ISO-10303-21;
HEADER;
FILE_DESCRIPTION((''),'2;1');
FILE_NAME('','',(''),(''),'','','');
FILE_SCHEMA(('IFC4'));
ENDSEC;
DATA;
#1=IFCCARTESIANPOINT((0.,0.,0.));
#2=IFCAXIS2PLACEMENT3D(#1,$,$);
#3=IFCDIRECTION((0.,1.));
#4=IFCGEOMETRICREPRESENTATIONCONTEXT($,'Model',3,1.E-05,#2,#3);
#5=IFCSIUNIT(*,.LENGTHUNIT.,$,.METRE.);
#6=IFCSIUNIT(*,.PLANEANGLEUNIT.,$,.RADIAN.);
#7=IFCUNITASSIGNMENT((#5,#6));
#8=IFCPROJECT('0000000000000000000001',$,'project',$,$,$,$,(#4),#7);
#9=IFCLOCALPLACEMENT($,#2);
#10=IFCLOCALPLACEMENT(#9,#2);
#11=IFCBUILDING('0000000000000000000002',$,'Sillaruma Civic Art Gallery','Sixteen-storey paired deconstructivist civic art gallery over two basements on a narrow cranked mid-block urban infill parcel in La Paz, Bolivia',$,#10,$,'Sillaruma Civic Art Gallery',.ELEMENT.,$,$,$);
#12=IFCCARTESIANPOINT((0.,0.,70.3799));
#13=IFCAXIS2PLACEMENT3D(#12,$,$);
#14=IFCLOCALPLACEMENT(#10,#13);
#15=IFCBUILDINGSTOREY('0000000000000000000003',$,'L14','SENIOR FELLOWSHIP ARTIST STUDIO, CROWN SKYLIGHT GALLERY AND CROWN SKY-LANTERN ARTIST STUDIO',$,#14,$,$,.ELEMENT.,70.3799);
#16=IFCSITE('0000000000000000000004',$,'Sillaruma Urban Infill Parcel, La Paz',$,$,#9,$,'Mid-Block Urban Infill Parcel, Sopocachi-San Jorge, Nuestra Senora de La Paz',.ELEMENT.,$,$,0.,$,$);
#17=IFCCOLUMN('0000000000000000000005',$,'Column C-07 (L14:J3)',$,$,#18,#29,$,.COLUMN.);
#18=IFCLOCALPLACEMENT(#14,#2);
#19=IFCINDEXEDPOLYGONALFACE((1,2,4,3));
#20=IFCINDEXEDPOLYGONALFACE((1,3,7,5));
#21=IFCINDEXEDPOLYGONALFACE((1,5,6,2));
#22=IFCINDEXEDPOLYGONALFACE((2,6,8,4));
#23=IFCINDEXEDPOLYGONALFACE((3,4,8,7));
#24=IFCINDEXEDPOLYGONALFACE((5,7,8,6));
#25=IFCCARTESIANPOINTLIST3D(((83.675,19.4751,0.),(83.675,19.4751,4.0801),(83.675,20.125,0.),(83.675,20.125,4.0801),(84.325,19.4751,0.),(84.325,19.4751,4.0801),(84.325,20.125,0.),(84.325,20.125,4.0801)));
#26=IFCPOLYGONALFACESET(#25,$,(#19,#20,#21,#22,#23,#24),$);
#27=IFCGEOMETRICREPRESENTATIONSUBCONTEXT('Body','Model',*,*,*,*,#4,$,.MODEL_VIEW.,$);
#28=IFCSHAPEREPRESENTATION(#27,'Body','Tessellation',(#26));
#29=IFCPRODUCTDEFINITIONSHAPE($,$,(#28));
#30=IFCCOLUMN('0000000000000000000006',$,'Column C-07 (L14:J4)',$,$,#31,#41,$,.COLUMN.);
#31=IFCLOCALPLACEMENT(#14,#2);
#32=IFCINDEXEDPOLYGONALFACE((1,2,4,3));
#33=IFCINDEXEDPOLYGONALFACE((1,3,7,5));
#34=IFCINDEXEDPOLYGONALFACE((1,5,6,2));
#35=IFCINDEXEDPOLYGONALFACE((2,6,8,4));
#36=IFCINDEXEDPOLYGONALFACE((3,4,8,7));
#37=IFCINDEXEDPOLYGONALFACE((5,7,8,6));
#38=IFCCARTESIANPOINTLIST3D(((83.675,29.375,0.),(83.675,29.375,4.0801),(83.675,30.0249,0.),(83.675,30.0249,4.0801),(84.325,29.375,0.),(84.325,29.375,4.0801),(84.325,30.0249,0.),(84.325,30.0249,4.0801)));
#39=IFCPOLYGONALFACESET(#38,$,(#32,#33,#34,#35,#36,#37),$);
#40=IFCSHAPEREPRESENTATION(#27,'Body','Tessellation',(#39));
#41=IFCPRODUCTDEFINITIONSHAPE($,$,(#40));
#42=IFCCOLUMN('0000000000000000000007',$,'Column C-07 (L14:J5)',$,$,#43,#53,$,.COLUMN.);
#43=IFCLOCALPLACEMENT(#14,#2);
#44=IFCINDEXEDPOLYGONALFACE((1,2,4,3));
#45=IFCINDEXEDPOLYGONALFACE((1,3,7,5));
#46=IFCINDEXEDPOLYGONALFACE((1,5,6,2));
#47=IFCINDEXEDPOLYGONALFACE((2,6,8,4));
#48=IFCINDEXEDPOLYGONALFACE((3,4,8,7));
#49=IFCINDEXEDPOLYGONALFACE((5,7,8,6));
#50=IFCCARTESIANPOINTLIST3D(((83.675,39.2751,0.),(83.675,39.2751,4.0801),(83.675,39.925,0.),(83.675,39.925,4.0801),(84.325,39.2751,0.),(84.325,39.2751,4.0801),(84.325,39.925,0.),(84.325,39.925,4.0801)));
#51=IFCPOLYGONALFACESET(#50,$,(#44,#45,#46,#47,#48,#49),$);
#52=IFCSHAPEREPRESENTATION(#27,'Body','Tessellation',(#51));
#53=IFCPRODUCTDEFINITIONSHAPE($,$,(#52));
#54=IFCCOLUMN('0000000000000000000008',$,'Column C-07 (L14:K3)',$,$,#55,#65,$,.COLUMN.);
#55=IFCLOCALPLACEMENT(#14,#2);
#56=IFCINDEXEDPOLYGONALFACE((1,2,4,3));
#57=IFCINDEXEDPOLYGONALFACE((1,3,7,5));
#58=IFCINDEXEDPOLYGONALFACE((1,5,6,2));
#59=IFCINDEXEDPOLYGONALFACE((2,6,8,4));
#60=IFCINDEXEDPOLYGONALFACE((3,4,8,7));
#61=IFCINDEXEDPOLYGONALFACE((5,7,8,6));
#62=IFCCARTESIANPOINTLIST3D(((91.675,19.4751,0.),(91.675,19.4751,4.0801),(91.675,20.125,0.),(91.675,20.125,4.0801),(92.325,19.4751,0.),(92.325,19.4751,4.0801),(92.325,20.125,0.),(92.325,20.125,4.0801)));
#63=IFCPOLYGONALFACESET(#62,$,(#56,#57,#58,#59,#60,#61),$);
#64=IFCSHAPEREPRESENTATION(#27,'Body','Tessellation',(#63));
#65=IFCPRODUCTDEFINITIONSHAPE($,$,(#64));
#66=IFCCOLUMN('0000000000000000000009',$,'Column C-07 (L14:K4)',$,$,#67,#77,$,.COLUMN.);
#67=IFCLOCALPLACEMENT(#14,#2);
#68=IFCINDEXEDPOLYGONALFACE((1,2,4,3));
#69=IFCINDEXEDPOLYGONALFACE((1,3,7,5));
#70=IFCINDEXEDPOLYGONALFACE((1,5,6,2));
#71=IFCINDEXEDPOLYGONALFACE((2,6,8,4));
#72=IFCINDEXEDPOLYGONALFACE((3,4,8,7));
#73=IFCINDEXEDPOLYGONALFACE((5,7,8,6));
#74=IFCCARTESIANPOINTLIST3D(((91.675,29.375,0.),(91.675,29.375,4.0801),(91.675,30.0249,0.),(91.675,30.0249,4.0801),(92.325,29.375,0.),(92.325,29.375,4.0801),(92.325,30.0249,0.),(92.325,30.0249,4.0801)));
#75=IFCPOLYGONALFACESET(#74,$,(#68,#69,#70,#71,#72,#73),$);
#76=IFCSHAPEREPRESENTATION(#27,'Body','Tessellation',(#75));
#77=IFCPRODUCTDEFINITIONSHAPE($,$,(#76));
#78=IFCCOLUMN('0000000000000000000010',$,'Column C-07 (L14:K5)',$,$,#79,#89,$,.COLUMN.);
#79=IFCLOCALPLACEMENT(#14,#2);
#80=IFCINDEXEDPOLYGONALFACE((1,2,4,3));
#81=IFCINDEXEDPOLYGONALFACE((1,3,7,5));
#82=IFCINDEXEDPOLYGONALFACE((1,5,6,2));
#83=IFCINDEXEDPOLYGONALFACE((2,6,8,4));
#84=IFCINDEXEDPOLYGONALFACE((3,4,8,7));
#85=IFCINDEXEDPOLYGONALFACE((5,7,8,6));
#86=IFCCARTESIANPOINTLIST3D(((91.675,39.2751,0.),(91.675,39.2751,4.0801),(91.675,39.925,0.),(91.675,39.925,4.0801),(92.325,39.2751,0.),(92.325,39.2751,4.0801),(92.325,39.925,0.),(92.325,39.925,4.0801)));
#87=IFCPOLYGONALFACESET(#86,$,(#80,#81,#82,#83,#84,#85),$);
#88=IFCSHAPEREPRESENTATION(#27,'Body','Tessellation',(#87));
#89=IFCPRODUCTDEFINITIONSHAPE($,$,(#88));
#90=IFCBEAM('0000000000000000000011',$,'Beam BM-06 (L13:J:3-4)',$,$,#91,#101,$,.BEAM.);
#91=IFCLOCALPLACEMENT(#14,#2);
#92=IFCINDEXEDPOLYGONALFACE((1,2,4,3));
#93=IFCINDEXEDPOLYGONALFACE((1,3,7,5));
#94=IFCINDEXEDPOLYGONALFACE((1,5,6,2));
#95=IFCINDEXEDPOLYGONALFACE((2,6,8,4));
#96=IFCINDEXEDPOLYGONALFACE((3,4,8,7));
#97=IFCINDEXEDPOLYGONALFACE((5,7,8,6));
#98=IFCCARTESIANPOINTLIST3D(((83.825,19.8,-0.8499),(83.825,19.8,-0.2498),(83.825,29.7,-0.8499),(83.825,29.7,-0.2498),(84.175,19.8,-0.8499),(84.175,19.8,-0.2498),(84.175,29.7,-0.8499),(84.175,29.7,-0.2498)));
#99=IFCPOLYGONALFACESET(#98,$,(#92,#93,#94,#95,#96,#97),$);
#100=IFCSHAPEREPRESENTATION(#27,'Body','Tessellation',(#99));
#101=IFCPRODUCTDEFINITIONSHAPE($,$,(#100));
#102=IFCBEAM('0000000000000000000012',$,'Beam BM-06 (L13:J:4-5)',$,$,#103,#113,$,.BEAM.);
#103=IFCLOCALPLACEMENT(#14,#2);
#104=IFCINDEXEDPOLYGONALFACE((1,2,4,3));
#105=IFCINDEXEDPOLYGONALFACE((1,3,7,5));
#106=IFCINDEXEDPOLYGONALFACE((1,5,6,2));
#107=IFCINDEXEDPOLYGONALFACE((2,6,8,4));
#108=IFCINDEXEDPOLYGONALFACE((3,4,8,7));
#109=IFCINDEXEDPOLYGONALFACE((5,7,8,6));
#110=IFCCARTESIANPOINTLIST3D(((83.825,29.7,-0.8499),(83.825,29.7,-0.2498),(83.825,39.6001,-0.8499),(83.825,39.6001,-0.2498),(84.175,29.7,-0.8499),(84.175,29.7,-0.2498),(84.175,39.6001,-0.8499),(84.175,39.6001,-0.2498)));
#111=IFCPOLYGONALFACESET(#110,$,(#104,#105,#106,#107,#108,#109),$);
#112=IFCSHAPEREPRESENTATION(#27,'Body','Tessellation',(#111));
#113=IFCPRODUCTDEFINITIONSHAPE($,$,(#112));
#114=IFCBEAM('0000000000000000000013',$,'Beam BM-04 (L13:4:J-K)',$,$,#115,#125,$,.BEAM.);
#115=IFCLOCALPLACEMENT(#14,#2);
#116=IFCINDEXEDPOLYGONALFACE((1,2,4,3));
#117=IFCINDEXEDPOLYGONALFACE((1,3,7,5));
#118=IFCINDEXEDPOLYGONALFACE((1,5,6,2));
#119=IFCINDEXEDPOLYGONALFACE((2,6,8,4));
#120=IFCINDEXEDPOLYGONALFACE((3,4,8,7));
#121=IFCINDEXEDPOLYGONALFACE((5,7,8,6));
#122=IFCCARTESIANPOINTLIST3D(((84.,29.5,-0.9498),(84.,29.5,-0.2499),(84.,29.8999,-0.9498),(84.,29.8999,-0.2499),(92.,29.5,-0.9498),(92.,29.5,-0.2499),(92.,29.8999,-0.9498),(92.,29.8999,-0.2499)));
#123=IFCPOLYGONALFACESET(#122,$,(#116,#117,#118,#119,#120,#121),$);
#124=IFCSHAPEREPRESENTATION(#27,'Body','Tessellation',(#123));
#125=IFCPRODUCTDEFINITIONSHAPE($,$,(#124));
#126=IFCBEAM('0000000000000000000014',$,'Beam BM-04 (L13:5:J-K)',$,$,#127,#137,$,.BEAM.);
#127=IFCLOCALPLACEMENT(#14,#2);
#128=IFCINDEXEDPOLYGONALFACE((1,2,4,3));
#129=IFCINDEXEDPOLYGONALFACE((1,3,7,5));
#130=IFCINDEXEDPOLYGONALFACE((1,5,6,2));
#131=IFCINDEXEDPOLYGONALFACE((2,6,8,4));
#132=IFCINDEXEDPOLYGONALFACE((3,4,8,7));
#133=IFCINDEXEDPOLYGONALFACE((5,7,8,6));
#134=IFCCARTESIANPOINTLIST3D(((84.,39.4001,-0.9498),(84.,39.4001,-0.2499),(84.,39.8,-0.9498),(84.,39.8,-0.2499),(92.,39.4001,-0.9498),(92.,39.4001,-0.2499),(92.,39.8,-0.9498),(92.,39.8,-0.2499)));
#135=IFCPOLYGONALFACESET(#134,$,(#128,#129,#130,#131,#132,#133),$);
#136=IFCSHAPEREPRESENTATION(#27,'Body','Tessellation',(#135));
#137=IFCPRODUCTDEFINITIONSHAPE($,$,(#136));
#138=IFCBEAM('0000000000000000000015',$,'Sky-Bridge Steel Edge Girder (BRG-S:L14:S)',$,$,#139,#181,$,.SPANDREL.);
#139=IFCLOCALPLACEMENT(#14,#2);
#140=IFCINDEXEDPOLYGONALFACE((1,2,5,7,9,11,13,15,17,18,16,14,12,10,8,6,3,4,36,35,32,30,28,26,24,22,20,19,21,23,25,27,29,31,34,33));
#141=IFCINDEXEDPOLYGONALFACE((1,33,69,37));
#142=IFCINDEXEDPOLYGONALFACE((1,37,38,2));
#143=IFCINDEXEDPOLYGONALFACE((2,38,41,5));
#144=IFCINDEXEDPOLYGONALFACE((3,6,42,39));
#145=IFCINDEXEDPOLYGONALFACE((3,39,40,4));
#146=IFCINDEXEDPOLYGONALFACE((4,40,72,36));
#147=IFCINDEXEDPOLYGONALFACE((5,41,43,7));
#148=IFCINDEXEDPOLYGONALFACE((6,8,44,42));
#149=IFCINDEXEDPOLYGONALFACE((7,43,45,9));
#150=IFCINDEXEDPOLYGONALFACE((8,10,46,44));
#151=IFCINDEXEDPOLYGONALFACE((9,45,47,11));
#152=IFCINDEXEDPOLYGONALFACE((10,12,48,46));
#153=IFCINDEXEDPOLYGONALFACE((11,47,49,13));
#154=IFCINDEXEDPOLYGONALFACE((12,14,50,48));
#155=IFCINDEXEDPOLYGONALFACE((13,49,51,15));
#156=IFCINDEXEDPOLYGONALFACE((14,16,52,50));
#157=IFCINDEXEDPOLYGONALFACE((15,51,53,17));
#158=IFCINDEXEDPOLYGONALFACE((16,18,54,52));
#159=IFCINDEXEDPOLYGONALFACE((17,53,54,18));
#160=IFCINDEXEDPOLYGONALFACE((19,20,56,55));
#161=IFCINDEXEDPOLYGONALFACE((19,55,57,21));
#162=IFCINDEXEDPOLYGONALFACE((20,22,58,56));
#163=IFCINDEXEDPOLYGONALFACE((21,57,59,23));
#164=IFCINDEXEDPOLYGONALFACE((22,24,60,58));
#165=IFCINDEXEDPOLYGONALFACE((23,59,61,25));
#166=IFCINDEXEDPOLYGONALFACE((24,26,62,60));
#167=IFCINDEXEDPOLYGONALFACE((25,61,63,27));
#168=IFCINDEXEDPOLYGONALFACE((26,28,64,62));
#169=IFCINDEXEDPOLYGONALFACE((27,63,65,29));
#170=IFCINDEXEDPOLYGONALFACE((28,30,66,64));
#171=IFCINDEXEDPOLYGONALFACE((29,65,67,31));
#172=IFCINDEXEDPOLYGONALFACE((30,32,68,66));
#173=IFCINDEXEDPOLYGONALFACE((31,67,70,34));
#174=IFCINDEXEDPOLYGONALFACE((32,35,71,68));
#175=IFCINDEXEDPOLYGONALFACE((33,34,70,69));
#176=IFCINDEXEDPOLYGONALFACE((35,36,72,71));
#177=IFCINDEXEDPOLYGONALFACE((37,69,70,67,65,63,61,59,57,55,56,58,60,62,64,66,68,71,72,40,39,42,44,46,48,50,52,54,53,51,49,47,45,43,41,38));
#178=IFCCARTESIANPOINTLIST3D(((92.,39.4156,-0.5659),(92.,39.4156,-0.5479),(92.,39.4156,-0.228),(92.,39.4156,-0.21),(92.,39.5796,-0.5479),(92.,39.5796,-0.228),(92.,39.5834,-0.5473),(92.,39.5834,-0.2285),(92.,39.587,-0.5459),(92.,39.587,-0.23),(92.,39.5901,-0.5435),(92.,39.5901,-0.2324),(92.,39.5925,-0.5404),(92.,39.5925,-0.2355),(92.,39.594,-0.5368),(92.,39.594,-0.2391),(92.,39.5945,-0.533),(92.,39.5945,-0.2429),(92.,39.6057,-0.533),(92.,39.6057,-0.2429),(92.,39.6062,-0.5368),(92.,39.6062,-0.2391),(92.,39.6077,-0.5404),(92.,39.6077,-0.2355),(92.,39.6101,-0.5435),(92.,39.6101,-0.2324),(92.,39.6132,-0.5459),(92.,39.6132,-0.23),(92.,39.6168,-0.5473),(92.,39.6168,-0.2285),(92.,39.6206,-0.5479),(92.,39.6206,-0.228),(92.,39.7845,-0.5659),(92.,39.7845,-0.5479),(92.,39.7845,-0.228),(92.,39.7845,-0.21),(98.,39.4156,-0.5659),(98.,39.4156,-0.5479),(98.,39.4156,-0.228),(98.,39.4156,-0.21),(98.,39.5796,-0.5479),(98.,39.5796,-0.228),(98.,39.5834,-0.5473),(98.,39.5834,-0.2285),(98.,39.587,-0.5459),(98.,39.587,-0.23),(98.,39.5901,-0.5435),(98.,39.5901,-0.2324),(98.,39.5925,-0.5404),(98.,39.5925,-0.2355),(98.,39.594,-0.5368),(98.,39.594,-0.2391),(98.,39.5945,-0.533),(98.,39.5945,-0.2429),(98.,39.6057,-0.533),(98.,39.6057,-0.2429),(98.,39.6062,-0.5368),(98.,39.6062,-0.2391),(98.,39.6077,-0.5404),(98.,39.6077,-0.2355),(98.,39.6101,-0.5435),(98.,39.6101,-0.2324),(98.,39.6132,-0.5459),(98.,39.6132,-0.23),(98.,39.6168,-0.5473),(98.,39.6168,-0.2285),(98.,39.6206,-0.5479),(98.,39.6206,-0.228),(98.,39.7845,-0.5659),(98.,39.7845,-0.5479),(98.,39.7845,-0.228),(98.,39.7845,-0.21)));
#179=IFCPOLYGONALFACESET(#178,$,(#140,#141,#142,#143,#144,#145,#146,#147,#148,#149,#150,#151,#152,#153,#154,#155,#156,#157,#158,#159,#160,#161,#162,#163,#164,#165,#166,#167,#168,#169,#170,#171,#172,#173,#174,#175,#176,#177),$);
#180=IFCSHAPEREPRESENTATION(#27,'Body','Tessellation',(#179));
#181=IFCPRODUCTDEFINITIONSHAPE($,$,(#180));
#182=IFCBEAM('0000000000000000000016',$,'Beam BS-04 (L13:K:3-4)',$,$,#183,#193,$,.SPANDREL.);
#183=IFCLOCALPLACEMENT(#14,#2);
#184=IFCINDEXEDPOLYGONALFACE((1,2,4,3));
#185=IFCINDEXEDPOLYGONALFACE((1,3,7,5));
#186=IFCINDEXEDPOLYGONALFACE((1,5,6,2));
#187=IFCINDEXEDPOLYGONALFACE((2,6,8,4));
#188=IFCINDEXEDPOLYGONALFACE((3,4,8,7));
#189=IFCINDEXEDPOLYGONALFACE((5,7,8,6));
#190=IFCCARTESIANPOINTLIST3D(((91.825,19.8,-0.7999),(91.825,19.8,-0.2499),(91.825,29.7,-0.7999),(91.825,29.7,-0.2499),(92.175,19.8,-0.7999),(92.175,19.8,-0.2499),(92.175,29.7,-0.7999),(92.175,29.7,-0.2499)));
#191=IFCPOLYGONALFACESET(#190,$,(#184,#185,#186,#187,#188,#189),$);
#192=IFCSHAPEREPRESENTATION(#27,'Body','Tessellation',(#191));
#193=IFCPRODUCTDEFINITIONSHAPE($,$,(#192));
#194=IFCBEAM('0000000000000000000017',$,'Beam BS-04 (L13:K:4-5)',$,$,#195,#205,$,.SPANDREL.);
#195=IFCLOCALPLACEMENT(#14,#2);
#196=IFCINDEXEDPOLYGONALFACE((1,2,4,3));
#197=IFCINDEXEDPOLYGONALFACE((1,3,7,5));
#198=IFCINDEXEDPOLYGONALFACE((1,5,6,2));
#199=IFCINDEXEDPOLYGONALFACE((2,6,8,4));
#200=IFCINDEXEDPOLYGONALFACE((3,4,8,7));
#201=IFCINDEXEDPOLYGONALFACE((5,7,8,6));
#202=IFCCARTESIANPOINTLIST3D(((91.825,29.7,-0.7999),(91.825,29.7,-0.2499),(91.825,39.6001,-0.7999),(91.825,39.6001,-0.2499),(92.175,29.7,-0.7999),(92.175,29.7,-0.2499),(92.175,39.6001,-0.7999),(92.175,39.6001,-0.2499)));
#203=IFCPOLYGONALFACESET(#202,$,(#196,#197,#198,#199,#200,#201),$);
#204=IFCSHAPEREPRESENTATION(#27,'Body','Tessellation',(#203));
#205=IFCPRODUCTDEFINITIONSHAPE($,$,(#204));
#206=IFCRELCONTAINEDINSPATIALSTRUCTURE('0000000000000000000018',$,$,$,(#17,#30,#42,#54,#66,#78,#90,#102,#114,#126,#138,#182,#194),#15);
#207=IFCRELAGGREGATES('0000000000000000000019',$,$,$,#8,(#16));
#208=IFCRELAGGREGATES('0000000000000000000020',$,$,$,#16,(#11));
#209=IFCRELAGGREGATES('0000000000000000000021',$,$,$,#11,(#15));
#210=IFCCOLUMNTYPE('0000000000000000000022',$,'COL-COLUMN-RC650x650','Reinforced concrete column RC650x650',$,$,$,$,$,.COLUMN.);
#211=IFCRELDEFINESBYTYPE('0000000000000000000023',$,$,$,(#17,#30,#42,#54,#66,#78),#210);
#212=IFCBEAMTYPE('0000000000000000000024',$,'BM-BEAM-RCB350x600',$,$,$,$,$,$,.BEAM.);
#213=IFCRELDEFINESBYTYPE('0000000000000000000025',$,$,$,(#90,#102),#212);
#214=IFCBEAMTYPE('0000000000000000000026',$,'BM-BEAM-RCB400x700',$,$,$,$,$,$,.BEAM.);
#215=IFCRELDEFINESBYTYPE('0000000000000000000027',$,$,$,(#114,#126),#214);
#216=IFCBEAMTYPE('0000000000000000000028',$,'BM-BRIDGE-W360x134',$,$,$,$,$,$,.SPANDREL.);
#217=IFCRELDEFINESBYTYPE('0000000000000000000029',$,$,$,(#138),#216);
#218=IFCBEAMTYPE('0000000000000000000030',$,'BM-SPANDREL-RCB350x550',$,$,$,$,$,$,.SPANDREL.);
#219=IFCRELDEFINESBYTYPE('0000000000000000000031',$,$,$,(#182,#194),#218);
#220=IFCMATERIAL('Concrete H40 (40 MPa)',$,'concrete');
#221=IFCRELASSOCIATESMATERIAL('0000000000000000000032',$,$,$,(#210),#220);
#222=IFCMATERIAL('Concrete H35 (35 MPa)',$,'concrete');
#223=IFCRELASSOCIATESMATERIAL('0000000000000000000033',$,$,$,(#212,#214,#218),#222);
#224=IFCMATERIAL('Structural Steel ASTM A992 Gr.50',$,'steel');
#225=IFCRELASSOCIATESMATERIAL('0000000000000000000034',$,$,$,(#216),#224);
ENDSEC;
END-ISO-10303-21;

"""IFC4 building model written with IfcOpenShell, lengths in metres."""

from ifc_helpers import new_model, si_unit, direction, frame, origin, origin_2d, place, context, subcontext, project, spatial, rectangle, i_section, extrude, material, material_profile, profile_set, type_object, element, save


model = new_model("IFC4")

# Units and contexts
model_context = context("Model", 3, precision=1e-05, world=origin(), true_north=direction((0.0, 1.0)))
body_context = subcontext(model_context, "Body", "Model", "MODEL_VIEW")
ifc_project = project(units=[si_unit("LENGTHUNIT", "METRE"), si_unit("PLANEANGLEUNIT", "RADIAN")], contexts=[model_context])

# Site, building, storey
site_placement = place(None, origin())
site = spatial("IfcSite", under=ifc_project, at=site_placement, Name="Sillaruma Urban Infill Parcel, La Paz", LongName="Mid-Block Urban Infill Parcel, Sopocachi-San Jorge, Nuestra Senora de La Paz", CompositionType="ELEMENT", RefElevation=0.0)
building_placement = place(site_placement, origin())
building = spatial("IfcBuilding", under=site, at=building_placement, Name="Sillaruma Civic Art Gallery", Description="Sixteen-storey paired deconstructivist civic art gallery over two basements on a narrow cranked mid-block urban infill parcel in La Paz, Bolivia", LongName="Sillaruma Civic Art Gallery", CompositionType="ELEMENT")
storey_placement = place(building_placement, frame((0.0, 0.0, 70.3799)))
storey = spatial("IfcBuildingStorey", under=building, at=storey_placement, Name="L14", Description="SENIOR FELLOWSHIP ARTIST STUDIO, CROWN SKYLIGHT GALLERY AND CROWN SKY-LANTERN ARTIST STUDIO", CompositionType="ELEMENT", Elevation=70.3799)

# Columns
ifc_material_1 = material(Name="Concrete H40 (40 MPa)", Category="concrete")
ifc_material_profile_1 = material_profile(ifc_material_1, rectangle(XDim=0.6499, YDim=0.6499, at=origin_2d()), Name="RC650x650")
ifc_profile_set_1 = profile_set([ifc_material_profile_1], Name="Concrete H40 (40 MPa)")
column_type = type_object("IfcColumnType", Name="COL-COLUMN-RC650x650", Description="Reinforced concrete column RC650x650", PredefinedType="COLUMN", material=ifc_profile_set_1)
for number, where, z_axis, x_axis, name in (
    (1, (84.0, 19.8, 0.0), (0.0, 0.0, 1.0), (1.0, 0.0, 0.0), "Column C-07 (L14:J3)"),
    (2, (84.0, 29.7, 0.0), (0.0, 0.0, 1.0), (1.0, 0.0, 0.0), "Column C-07 (L14:J4)"),
    (3, (84.0, 39.6001, 0.0), (0.0, 0.0, 1.0), (1.0, 0.0, 0.0), "Column C-07 (L14:J5)"),
    (4, (92.0, 19.8, 0.0), (0.0, 0.0, 1.0), (1.0, 0.0, 0.0), "Column C-07 (L14:K3)"),
    (5, (92.0, 29.7, 0.0), (0.0, 0.0, 1.0), (1.0, 0.0, 0.0), "Column C-07 (L14:K4)"),
    (6, (92.0, 39.6001, 0.0), (0.0, 0.0, 1.0), (1.0, 0.0, 0.0), "Column C-07 (L14:K5)"),
):
    element("IfcColumn", number, at=place(storey_placement, frame(where, z_axis=z_axis, x_axis=x_axis)), inside=storey, type_object=column_type, Name=name, PredefinedType="COLUMN", context=body_context, shape_type="SweptSolid", body=[
        extrude(rectangle(XDim=0.6499, YDim=0.6499, at=origin_2d()), origin(), (0.0, 0.0, 1.0), 4.0801),
    ])

# Beams
ifc_material_2 = material(Name="Concrete H35 (35 MPa)", Category="concrete")
ifc_material_profile_2 = material_profile(ifc_material_2, rectangle(XDim=0.3501, YDim=0.6001, at=origin_2d()), Name="RCB350x600")
ifc_profile_set_2 = profile_set([ifc_material_profile_2], Name="Concrete H35 (35 MPa)")
beam_type_1 = type_object("IfcBeamType", Name="BM-BEAM-RCB350x600", PredefinedType="BEAM", material=ifc_profile_set_2)
beam_1_placement = place(storey_placement, frame((84.0, 19.8, -0.5498), z_axis=(0.0, 1.0, 0.0), x_axis=(-1.0, 0.0, 0.0)))
element("IfcBeam", 7, at=beam_1_placement, inside=storey, type_object=beam_type_1, Name="Beam BM-06 (L13:J:3-4)", PredefinedType="BEAM", context=body_context, shape_type="SweptSolid", body=[
    extrude(rectangle(XDim=0.3501, YDim=0.6001, at=origin_2d()), origin(), (0.0, 0.0, 1.0), 9.8999),
])
beam_2_placement = place(storey_placement, frame((84.0, 29.7, -0.5498), z_axis=(0.0, 1.0, 0.0), x_axis=(-1.0, 0.0, 0.0)))
element("IfcBeam", 8, at=beam_2_placement, inside=storey, type_object=beam_type_1, Name="Beam BM-06 (L13:J:4-5)", PredefinedType="BEAM", context=body_context, shape_type="SweptSolid", body=[
    extrude(rectangle(XDim=0.3501, YDim=0.6001, at=origin_2d()), origin(), (0.0, 0.0, 1.0), 9.9001),
])
ifc_material_profile_3 = material_profile(ifc_material_2, rectangle(XDim=0.3999, YDim=0.7, at=origin_2d()), Name="RCB400x700")
ifc_profile_set_3 = profile_set([ifc_material_profile_3], Name="Concrete H35 (35 MPa)")
beam_type_2 = type_object("IfcBeamType", Name="BM-BEAM-RCB400x700", PredefinedType="BEAM", material=ifc_profile_set_3)
for number, where, z_axis, x_axis, name in (
    (9, (84.0, 29.7, -0.5999), (1.0, 0.0, 0.0), (0.0, 1.0, 0.0), "Beam BM-04 (L13:4:J-K)"),
    (10, (84.0, 39.6001, -0.5999), (1.0, 0.0, 0.0), (0.0, 1.0, 0.0), "Beam BM-04 (L13:5:J-K)"),
):
    element("IfcBeam", number, at=place(storey_placement, frame(where, z_axis=z_axis, x_axis=x_axis)), inside=storey, type_object=beam_type_2, Name=name, PredefinedType="BEAM", context=body_context, shape_type="SweptSolid", body=[
        extrude(rectangle(XDim=0.3999, YDim=0.7, at=origin_2d()), origin(), (0.0, 0.0, 1.0), 8.0),
    ])
ifc_material_3 = material(Name="Structural Steel ASTM A992 Gr.50", Category="steel")
ifc_material_profile_4 = material_profile(ifc_material_3, i_section(OverallWidth=0.3689, OverallDepth=0.356, WebThickness=0.0112, FlangeThickness=0.0181, FilletRadius=0.0149, at=origin_2d()), Name="W360x134")
ifc_profile_set_4 = profile_set([ifc_material_profile_4], Name="Structural Steel ASTM A992 Gr.50")
beam_type_3 = type_object("IfcBeamType", Name="BM-BRIDGE-W360x134", PredefinedType="SPANDREL", material=ifc_profile_set_4)
beam_3_placement = place(storey_placement, frame((92.0, 39.6001, -0.3879), z_axis=(1.0, 0.0, 0.0), x_axis=(0.0, 1.0, 0.0)))
element("IfcBeam", 11, at=beam_3_placement, inside=storey, type_object=beam_type_3, Name="Sky-Bridge Steel Edge Girder (BRG-S:L14:S)", PredefinedType="SPANDREL", context=body_context, shape_type="SweptSolid", body=[
    extrude(i_section(OverallWidth=0.3689, OverallDepth=0.356, WebThickness=0.0112, FlangeThickness=0.0181, FilletRadius=0.0149, at=origin_2d()), origin(), (0.0, 0.0, 1.0), 6.0),
])
ifc_material_profile_5 = material_profile(ifc_material_2, rectangle(XDim=0.3501, YDim=0.55, at=origin_2d()), Name="RCB350x550")
ifc_profile_set_5 = profile_set([ifc_material_profile_5], Name="Concrete H35 (35 MPa)")
beam_type_4 = type_object("IfcBeamType", Name="BM-SPANDREL-RCB350x550", PredefinedType="SPANDREL", material=ifc_profile_set_5)
beam_4_placement = place(storey_placement, frame((92.0, 19.8, -0.5249), z_axis=(0.0, 1.0, 0.0), x_axis=(-1.0, 0.0, 0.0)))
element("IfcBeam", 12, at=beam_4_placement, inside=storey, type_object=beam_type_4, Name="Beam BS-04 (L13:K:3-4)", PredefinedType="SPANDREL", context=body_context, shape_type="SweptSolid", body=[
    extrude(rectangle(XDim=0.3501, YDim=0.55, at=origin_2d()), origin(), (0.0, 0.0, 1.0), 9.8999),
])
beam_5_placement = place(storey_placement, frame((92.0, 29.7, -0.5249), z_axis=(0.0, 1.0, 0.0), x_axis=(-1.0, 0.0, 0.0)))
element("IfcBeam", 13, at=beam_5_placement, inside=storey, type_object=beam_type_4, Name="Beam BS-04 (L13:K:4-5)", PredefinedType="SPANDREL", context=body_context, shape_type="SweptSolid", body=[
    extrude(rectangle(XDim=0.3501, YDim=0.55, at=origin_2d()), origin(), (0.0, 0.0, 1.0), 9.9001),
])

save(model, "model.ifc")
